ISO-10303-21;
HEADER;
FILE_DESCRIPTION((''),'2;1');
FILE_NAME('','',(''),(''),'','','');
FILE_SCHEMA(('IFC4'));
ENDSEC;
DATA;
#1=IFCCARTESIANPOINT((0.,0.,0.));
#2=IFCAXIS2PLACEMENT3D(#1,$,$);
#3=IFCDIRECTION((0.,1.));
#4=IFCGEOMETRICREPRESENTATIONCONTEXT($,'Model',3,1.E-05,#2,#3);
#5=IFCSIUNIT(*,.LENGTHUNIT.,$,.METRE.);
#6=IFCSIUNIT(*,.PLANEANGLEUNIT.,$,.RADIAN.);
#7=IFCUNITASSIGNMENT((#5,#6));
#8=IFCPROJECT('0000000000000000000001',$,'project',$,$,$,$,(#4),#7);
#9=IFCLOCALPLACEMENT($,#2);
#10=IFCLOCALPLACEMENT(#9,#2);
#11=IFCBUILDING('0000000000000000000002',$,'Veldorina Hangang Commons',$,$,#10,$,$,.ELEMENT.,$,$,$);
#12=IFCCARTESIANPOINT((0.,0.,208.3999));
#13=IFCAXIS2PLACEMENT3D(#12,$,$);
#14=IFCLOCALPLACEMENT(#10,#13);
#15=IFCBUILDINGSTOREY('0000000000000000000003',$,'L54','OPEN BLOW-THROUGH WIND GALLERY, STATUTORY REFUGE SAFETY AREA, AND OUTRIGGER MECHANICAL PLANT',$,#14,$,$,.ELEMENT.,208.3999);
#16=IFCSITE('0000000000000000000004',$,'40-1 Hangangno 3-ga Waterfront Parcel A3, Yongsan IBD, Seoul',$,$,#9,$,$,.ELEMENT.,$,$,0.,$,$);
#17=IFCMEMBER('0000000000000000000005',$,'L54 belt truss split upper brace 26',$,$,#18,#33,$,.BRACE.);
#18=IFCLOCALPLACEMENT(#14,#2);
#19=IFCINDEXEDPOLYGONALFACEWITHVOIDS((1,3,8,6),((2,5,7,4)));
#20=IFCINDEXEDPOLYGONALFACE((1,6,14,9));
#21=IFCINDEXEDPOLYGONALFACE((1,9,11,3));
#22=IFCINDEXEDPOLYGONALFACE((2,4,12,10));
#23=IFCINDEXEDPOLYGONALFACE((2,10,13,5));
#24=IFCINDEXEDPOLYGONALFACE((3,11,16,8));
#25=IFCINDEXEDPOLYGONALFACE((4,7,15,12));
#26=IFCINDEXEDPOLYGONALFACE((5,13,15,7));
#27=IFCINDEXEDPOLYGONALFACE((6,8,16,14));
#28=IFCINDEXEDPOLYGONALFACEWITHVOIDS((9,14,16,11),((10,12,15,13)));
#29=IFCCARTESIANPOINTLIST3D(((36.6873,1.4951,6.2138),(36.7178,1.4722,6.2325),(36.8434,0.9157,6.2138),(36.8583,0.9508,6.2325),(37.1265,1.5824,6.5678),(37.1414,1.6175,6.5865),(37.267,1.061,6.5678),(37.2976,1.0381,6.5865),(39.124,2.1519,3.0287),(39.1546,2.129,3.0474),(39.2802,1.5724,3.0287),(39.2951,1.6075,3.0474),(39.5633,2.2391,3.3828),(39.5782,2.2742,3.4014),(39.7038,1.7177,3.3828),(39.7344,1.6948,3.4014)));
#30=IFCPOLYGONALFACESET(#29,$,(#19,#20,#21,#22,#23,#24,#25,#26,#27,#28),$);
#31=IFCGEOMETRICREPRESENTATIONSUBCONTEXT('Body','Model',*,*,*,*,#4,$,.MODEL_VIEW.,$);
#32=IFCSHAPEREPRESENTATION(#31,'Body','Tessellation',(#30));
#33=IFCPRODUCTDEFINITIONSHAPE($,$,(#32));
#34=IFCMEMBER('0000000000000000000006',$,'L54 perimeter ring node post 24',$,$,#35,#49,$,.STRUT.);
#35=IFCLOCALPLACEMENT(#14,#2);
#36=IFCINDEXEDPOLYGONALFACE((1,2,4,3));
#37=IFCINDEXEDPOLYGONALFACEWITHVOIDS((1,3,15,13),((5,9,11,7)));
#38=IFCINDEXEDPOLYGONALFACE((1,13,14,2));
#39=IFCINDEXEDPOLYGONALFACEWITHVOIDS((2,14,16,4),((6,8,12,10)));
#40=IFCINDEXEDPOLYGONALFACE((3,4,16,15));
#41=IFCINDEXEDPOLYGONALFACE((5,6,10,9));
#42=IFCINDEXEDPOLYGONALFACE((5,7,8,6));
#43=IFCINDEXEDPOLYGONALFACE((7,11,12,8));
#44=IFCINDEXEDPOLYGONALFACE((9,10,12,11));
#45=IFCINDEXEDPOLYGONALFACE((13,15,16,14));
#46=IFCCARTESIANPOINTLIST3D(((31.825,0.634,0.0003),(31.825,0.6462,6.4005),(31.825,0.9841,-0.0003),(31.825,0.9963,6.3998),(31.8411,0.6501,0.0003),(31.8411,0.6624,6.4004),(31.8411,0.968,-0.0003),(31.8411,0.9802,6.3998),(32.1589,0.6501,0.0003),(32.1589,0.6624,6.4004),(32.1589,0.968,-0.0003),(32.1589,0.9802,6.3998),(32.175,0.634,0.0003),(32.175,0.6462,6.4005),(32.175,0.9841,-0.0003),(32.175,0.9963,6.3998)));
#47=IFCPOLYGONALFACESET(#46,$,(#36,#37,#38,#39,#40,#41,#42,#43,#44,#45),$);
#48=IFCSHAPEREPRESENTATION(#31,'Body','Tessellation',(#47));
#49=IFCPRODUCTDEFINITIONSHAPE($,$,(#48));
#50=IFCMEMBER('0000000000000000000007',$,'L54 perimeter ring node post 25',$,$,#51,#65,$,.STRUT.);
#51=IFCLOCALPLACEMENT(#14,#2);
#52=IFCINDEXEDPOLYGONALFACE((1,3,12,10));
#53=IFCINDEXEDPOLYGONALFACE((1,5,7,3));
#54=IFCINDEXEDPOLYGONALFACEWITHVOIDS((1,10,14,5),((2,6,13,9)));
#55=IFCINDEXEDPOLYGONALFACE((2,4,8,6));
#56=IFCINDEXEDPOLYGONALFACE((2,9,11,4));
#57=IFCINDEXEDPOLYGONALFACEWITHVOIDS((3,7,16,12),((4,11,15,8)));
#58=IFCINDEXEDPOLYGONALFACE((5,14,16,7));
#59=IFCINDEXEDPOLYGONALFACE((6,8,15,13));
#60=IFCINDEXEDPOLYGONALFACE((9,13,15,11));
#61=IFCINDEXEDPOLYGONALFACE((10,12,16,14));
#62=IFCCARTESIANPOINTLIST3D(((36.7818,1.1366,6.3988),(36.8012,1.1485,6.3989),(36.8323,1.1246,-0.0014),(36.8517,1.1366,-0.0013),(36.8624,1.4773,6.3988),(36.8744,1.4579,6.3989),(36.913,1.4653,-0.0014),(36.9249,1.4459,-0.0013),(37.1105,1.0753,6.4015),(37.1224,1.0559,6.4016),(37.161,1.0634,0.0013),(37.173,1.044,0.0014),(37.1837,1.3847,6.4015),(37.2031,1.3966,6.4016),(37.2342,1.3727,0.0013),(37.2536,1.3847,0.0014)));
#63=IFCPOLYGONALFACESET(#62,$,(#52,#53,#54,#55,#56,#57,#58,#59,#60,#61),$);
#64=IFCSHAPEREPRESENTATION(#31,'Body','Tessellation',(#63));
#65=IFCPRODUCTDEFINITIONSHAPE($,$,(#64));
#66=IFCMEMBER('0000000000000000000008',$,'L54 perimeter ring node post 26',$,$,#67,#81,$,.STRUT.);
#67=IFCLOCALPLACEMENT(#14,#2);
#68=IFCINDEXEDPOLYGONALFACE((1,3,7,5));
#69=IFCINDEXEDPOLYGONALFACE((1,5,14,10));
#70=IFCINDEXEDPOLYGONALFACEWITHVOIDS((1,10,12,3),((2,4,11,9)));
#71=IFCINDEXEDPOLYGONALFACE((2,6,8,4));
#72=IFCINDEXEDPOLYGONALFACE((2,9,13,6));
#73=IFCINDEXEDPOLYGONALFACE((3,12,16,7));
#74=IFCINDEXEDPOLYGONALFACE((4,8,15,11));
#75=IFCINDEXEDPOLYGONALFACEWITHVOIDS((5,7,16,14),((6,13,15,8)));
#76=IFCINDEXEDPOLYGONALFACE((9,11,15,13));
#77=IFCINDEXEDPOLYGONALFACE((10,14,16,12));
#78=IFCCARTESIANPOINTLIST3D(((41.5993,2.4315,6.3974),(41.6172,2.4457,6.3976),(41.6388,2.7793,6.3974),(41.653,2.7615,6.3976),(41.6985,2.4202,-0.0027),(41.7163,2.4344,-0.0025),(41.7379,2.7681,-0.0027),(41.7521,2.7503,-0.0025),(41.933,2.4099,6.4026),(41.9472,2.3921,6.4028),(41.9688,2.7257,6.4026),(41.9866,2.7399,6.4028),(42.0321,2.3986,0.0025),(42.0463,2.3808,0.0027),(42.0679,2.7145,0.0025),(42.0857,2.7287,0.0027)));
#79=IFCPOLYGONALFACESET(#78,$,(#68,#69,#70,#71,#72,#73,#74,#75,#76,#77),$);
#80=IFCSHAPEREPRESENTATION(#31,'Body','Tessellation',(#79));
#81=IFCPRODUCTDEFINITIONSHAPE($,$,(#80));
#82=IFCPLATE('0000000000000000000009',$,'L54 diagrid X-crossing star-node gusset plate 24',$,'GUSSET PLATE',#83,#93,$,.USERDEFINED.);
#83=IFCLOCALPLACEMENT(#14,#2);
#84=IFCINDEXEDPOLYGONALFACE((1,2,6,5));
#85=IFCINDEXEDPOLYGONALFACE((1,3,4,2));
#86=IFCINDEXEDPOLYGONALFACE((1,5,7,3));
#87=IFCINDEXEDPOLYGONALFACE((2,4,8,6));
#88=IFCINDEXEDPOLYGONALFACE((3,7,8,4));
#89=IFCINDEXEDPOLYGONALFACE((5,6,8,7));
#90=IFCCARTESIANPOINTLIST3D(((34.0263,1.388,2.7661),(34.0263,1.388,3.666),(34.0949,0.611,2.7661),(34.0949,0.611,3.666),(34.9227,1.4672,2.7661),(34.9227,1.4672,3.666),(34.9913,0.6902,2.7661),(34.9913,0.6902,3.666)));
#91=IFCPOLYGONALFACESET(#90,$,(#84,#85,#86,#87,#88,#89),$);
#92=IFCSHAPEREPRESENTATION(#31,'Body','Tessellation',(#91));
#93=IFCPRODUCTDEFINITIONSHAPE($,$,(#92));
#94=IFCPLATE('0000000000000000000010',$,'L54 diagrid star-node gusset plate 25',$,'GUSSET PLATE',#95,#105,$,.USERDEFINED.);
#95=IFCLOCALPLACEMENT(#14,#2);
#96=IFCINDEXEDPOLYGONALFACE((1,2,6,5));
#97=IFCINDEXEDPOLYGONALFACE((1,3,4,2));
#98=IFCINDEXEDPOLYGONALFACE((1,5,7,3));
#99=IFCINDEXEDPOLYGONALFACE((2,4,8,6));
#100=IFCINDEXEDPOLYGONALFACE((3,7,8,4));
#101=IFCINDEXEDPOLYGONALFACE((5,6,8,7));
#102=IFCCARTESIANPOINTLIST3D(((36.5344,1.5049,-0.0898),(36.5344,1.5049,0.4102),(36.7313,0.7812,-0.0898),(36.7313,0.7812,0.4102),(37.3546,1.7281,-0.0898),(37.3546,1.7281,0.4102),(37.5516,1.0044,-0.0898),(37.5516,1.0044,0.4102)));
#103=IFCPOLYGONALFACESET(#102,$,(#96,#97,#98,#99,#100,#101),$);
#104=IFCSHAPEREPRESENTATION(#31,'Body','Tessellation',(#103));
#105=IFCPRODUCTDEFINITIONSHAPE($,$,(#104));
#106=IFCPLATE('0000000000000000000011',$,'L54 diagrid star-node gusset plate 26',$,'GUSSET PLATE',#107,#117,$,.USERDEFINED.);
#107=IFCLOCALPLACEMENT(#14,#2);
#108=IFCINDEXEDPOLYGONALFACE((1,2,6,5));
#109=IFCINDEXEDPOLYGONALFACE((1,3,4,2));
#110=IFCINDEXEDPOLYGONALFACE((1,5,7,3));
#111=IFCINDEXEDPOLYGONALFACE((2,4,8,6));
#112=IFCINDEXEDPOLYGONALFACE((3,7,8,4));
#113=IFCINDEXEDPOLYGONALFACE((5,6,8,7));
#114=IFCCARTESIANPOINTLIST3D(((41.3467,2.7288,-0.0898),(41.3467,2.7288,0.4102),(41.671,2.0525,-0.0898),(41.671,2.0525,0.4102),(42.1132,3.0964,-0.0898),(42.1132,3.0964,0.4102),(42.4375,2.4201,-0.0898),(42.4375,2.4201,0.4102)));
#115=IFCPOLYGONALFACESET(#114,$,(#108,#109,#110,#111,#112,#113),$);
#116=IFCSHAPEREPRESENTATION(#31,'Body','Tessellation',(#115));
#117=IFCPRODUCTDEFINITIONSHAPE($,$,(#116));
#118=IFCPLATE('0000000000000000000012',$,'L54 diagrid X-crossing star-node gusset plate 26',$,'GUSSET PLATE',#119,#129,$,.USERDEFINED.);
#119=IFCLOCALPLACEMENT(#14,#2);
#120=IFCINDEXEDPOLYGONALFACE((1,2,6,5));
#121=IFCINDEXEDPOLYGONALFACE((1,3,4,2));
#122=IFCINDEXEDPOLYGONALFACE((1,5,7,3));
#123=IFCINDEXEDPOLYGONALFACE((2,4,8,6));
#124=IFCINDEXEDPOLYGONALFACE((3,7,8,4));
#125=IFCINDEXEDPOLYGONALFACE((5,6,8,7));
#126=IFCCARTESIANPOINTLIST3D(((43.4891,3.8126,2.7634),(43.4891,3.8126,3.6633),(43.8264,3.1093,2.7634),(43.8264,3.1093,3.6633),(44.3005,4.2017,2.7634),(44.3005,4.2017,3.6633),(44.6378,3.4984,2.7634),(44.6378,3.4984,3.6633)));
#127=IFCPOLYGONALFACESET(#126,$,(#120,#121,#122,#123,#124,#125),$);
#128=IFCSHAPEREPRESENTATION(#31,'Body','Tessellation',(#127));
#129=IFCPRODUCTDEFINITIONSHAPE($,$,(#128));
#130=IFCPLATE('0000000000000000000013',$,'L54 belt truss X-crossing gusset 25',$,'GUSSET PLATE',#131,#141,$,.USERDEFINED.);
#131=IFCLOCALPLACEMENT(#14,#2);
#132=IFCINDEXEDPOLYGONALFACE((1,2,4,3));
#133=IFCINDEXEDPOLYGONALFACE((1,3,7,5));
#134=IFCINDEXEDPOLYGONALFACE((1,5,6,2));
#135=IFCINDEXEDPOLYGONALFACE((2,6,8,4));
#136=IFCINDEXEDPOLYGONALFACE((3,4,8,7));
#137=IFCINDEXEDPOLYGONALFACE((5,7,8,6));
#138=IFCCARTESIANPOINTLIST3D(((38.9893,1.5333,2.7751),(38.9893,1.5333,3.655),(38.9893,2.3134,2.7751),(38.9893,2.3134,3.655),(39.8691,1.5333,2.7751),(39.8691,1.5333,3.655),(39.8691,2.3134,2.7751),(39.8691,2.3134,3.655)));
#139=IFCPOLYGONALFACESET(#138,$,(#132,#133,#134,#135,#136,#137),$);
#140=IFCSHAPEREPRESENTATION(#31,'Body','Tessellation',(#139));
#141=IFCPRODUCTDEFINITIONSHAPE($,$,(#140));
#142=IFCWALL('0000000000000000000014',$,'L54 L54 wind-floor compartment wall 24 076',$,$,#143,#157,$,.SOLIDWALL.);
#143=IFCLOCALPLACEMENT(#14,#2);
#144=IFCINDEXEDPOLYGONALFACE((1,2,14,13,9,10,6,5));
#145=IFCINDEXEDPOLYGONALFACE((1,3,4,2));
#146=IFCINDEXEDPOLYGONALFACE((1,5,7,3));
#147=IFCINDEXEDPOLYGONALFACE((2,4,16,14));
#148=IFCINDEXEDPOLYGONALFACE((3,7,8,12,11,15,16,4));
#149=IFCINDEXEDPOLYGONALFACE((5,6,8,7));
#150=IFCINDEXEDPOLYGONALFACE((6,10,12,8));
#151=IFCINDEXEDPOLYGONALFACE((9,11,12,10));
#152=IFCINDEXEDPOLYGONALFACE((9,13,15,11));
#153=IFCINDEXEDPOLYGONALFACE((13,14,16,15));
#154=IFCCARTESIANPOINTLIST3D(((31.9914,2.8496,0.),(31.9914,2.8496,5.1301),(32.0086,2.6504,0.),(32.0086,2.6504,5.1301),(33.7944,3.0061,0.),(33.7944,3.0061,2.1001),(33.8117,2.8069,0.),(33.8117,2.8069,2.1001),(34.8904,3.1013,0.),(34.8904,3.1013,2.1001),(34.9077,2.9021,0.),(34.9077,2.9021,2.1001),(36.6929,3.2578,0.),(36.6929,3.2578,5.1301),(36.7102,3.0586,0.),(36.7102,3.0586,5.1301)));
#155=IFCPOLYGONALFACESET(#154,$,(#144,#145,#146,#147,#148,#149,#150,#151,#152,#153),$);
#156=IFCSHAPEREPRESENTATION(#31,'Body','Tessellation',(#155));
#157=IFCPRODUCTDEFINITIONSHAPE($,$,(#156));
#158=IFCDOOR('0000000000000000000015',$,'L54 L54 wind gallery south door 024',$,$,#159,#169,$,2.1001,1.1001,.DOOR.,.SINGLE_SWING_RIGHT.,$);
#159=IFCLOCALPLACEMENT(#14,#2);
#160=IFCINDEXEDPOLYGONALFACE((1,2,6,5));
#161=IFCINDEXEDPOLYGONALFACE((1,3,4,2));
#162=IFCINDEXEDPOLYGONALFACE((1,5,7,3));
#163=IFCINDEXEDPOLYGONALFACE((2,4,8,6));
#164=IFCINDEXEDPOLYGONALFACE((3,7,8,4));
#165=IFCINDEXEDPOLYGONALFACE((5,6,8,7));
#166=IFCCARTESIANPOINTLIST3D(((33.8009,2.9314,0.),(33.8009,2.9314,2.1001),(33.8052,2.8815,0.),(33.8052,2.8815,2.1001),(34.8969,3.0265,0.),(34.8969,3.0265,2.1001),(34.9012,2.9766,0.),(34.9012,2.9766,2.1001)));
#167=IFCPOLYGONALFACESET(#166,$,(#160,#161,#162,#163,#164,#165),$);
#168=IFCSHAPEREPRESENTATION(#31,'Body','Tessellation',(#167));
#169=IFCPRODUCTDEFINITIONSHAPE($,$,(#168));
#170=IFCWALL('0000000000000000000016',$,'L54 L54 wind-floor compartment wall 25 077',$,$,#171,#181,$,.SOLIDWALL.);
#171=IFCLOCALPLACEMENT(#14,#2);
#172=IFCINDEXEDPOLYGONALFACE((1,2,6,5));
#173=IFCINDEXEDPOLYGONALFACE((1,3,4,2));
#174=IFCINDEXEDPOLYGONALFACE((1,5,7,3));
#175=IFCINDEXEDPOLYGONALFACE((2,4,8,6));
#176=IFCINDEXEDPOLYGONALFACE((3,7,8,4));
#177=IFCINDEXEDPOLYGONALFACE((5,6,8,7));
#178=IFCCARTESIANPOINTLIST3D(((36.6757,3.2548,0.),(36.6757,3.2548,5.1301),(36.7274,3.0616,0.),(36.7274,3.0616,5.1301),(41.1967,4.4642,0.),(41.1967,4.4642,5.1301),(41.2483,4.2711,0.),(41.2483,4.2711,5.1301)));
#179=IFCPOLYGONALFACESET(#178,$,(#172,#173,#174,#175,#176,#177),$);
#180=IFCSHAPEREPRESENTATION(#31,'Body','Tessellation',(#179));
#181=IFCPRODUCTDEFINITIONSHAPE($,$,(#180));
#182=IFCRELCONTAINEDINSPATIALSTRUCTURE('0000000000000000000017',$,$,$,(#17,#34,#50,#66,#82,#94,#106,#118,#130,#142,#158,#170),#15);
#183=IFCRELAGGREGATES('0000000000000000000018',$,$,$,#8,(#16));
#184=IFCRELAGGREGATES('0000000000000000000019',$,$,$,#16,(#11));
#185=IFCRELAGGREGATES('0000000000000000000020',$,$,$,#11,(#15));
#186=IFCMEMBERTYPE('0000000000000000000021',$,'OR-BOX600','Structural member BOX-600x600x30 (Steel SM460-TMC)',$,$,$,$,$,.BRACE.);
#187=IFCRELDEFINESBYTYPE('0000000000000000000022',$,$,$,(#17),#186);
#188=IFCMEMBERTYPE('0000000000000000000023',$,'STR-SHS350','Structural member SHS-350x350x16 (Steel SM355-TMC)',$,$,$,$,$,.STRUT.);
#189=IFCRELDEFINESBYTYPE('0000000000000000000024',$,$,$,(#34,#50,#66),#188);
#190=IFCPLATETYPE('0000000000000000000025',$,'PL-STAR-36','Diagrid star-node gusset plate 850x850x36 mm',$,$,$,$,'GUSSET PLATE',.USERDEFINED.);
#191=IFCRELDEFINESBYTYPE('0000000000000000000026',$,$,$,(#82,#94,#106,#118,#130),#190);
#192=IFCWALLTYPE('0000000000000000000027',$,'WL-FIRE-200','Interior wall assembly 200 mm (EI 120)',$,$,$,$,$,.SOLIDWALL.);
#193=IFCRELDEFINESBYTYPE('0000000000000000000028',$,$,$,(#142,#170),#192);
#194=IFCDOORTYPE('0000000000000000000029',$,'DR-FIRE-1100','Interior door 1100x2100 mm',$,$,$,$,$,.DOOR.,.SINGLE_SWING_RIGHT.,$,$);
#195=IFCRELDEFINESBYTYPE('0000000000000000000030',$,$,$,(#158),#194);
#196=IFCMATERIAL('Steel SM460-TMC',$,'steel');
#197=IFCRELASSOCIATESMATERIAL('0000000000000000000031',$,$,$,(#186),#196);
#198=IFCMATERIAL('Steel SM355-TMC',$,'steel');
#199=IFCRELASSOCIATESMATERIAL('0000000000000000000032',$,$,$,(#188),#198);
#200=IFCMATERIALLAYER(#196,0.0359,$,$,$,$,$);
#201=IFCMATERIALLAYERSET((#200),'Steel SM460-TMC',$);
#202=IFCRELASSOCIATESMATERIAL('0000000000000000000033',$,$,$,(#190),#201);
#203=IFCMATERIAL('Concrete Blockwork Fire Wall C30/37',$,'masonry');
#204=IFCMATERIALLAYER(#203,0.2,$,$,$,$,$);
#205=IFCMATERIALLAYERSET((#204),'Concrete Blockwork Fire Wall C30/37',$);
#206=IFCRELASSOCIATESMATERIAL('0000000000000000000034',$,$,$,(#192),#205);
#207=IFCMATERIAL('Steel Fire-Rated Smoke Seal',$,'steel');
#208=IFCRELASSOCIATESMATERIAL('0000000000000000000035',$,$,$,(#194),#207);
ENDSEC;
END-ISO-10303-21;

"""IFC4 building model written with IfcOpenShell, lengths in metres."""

from ifc_helpers import new_model, si_unit, direction, frame, frame_2d, origin, origin_2d, place, context, subcontext, project, spatial, rectangle, hollow_rectangle, extrude, material, layer, layer_set, material_profile, profile_set, type_object, element, fill, save


model = new_model("IFC4")

# Units and contexts
model_context = context("Model", 3, precision=1e-05, world=origin(), true_north=direction((0.0, 1.0)))
body_context = subcontext(model_context, "Body", "Model", "MODEL_VIEW")
ifc_project = project(units=[si_unit("LENGTHUNIT", "METRE"), si_unit("PLANEANGLEUNIT", "RADIAN")], contexts=[model_context])

# Site, building, storey
site_placement = place(None, origin())
site = spatial("IfcSite", under=ifc_project, at=site_placement, Name="40-1 Hangangno 3-ga Waterfront Parcel A3, Yongsan IBD, Seoul", CompositionType="ELEMENT", RefElevation=0.0)
building_placement = place(site_placement, origin())
building = spatial("IfcBuilding", under=site, at=building_placement, Name="Veldorina Hangang Commons", CompositionType="ELEMENT")
storey_placement = place(building_placement, frame((0.0, 0.0, 208.3999)))
storey = spatial("IfcBuildingStorey", under=building, at=storey_placement, Name="L54", Description="OPEN BLOW-THROUGH WIND GALLERY, STATUTORY REFUGE SAFETY AREA, AND OUTRIGGER MECHANICAL PLANT", CompositionType="ELEMENT", Elevation=208.3999)

# Shared definitions
ifc_material_1 = material(Name="Steel SM460-TMC", Category="steel")
ifc_material_2 = material(Name="Steel SM355-TMC", Category="steel")

# Members
ifc_material_profile_1 = material_profile(ifc_material_1, hollow_rectangle(XDim=0.6001, YDim=0.6001, WallThickness=0.03, at=origin_2d()), Name="BOX-600x600x30")
ifc_profile_set_1 = profile_set([ifc_material_profile_1], Name="Steel SM460-TMC")
member_type_1 = type_object("IfcMemberType", Name="OR-BOX600", Description="Structural member BOX-600x600x30 (Steel SM460-TMC)", PredefinedType="BRACE", material=ifc_profile_set_1)
member_1_placement = place(storey_placement, frame((39.4292, 1.9233, 3.2151), z_axis=(-0.599641, -0.161611, 0.783781), x_axis=(0.260227, -0.965548, 0.0)))
element("IfcMember", 1, at=member_1_placement, inside=storey, type_object=member_type_1, Name="L54 belt truss split upper brace 26", PredefinedType="BRACE", context=body_context, shape_type="SweptSolid", body=[
    extrude(hollow_rectangle(XDim=0.6001, YDim=0.6001, WallThickness=0.03, at=origin_2d()), origin(), (0.0, 0.0, 1.0), 4.0637),
])
ifc_material_profile_2 = material_profile(ifc_material_2, hollow_rectangle(XDim=0.3501, YDim=0.3501, WallThickness=0.0161, at=origin_2d()), Name="SHS-350x350x16")
ifc_profile_set_2 = profile_set([ifc_material_profile_2], Name="Steel SM355-TMC")
member_type_2 = type_object("IfcMemberType", Name="STR-SHS350", Description="Structural member SHS-350x350x16 (Steel SM355-TMC)", PredefinedType="STRUT", material=ifc_profile_set_2)
member_2_placement = place(storey_placement, frame((32.0, 0.8091, 0.0), z_axis=(0.0, 0.001907, 0.999998), x_axis=(-1.0, 0.0, 0.0)))
element("IfcMember", 2, at=member_2_placement, inside=storey, type_object=member_type_2, Name="L54 perimeter ring node post 24", PredefinedType="STRUT", context=body_context, shape_type="SweptSolid", body=[
    extrude(hollow_rectangle(XDim=0.3501, YDim=0.3501, WallThickness=0.0161, at=origin_2d()), origin(), (0.0, 0.0, 1.0), 6.4001),
])
member_3_placement = place(storey_placement, frame((37.043, 1.2546, 0.0), z_axis=(-0.007896, 0.001869, 0.999967), x_axis=(-0.230349, -0.973108, 0.0)))
element("IfcMember", 3, at=member_3_placement, inside=storey, type_object=member_type_2, Name="L54 perimeter ring node post 25", PredefinedType="STRUT", context=body_context, shape_type="SweptSolid", body=[
    extrude(hollow_rectangle(XDim=0.3501, YDim=0.3501, WallThickness=0.0161, at=origin_2d()), origin(), (0.0, 0.0, 1.0), 6.4004),
])
member_4_placement = place(storey_placement, frame((41.8921, 2.5745, 0.0), z_axis=(-0.015485, 0.001755, 0.999879), x_axis=(-0.11258, -0.993643, 0.0)))
element("IfcMember", 4, at=member_4_placement, inside=storey, type_object=member_type_2, Name="L54 perimeter ring node post 26", PredefinedType="STRUT", context=body_context, shape_type="SweptSolid", body=[
    extrude(hollow_rectangle(XDim=0.3501, YDim=0.3501, WallThickness=0.0161, at=origin_2d()), origin(), (0.0, 0.0, 1.0), 6.4009),
])

# Plates
ifc_layer_1 = layer(ifc_material_1, 0.0359)
ifc_layer_set_1 = layer_set([ifc_layer_1], Name="Steel SM460-TMC")
plate_type = type_object("IfcPlateType", Name="PL-STAR-36", Description="Diagrid star-node gusset plate 850x850x36 mm", ElementType="GUSSET PLATE", PredefinedType="USERDEFINED", material=ifc_layer_set_1)
plate_1_placement = place(storey_placement, frame((34.5088, 1.0391, 2.7661), z_axis=(0.0, 0.0, 1.0), x_axis=(0.996118, 0.088025, 0.0)))
element("IfcPlate", 5, at=plate_1_placement, inside=storey, type_object=plate_type, Name="L54 diagrid X-crossing star-node gusset plate 24", ObjectType="GUSSET PLATE", PredefinedType="USERDEFINED", context=body_context, shape_type="SweptSolid", body=[
    extrude(rectangle(XDim=0.8999, YDim=0.78, at=origin_2d()), origin(), (0.0, 0.0, 1.0), 0.8999),
])
for number, where, z_axis, x_axis, name in (
    (6, (37.043, 1.2546, -0.0898), (0.0, 0.0, 1.0), (0.964907, 0.262593, 0.0), "L54 diagrid star-node gusset plate 25"),
    (7, (41.8921, 2.5745, -0.0898), (0.0, 0.0, 1.0), (0.901682, 0.432401, 0.0), "L54 diagrid star-node gusset plate 26"),
):
    element("IfcPlate", number, at=place(storey_placement, frame(where, z_axis=z_axis, x_axis=x_axis)), inside=storey, type_object=plate_type, Name=name, ObjectType="GUSSET PLATE", PredefinedType="USERDEFINED", context=body_context, shape_type="SweptSolid", body=[
        extrude(rectangle(XDim=0.8501, YDim=0.75, at=origin_2d()), origin(), (0.0, 0.0, 1.0), 0.5),
    ])
plate_2_placement = place(storey_placement, frame((44.0635, 3.6555, 2.7634), z_axis=(0.0, 0.0, 1.0), x_axis=(0.901682, 0.432401, 0.0)))
element("IfcPlate", 8, at=plate_2_placement, inside=storey, type_object=plate_type, Name="L54 diagrid X-crossing star-node gusset plate 26", ObjectType="GUSSET PLATE", PredefinedType="USERDEFINED", context=body_context, shape_type="SweptSolid", body=[
    extrude(rectangle(XDim=0.8999, YDim=0.78, at=origin_2d()), origin(), (0.0, 0.0, 1.0), 0.8999),
])
plate_3_placement = place(storey_placement, frame((39.4292, 1.9233, 2.7751), z_axis=(0.0, 0.0, 1.0), x_axis=(1.0, 0.0, 0.0)))
element("IfcPlate", 9, at=plate_3_placement, inside=storey, type_object=plate_type, Name="L54 belt truss X-crossing gusset 25", ObjectType="GUSSET PLATE", PredefinedType="USERDEFINED", context=body_context, shape_type="SweptSolid", body=[
    extrude(rectangle(XDim=0.8799, YDim=0.78, at=origin_2d()), origin(), (0.0, 0.0, 1.0), 0.8799),
])

# Wall, opening, door
ifc_material_3 = material(Name="Concrete Blockwork Fire Wall C30/37", Category="masonry")
ifc_layer_2 = layer(ifc_material_3, 0.2)
ifc_layer_set_2 = layer_set([ifc_layer_2], Name="Concrete Blockwork Fire Wall C30/37")
wall_type = type_object("IfcWallType", Name="WL-FIRE-200", Description="Interior wall assembly 200 mm (EI 120)", PredefinedType="SOLIDWALL", material=ifc_layer_set_2)
wall_1_placement = place(storey_placement, frame((32.0, 2.75, 0.0), z_axis=(0.0, 0.0, 1.0), x_axis=(0.996252, 0.086496, 0.0)))
wall_1 = element("IfcWall", 10, at=wall_1_placement, inside=storey, type_object=wall_type, Name="L54 L54 wind-floor compartment wall 24 076", PredefinedType="SOLIDWALL", context=body_context, shape_type="SweptSolid", body=[
    extrude(rectangle(XDim=4.7192, YDim=0.2, at=frame_2d((2.3596, 0.0))), origin(), (0.0, 0.0, 1.0), 5.1301),
])
opening_placement = place(wall_1_placement, frame((1.8098, 0.0, 0.0)))
opening = element("IfcOpeningElement", 11, at=opening_placement, cuts=wall_1, PredefinedType="OPENING", context=body_context, shape_type="SweptSolid", body=[
    extrude(rectangle(XDim=1.1001, YDim=2.1001, at=frame_2d((0.55, 1.05))), frame((0.0, 0.1099, 0.0), z_axis=(0.0, -1.0, 0.0), x_axis=(1.0, 0.0, 0.0)), (0.0, 0.0, 1.0), 0.22),
])
ifc_material_4 = material(Name="Steel Fire-Rated Smoke Seal", Category="steel")
door_type = type_object("IfcDoorType", Name="DR-FIRE-1100", Description="Interior door 1100x2100 mm", OperationType="SINGLE_SWING_RIGHT", PredefinedType="DOOR", material=ifc_material_4)
door_placement = place(opening_placement, origin())
door = element("IfcDoor", 12, at=door_placement, inside=storey, type_object=door_type, Name="L54 L54 wind gallery south door 024", OperationType="SINGLE_SWING_RIGHT", OverallHeight=2.1001, OverallWidth=1.1001, PredefinedType="DOOR", context=body_context, shape_type="SweptSolid", body=[
    extrude(rectangle(XDim=1.1001, YDim=2.1001, at=frame_2d((0.55, 1.05))), frame((0.0, 0.0249, 0.0), z_axis=(0.0, -1.0, 0.0), x_axis=(1.0, 0.0, 0.0)), (0.0, 0.0, 1.0), 0.05),
])
fill(opening, door)

# Wall
wall_2_placement = place(storey_placement, frame((36.7017, 3.1582, 0.0), z_axis=(0.0, 0.0, 1.0), x_axis=(0.966029, 0.258435, 0.0)))
element("IfcWall", 13, at=wall_2_placement, inside=storey, type_object=wall_type, Name="L54 L54 wind-floor compartment wall 25 077", PredefinedType="SOLIDWALL", context=body_context, shape_type="SweptSolid", body=[
    extrude(rectangle(XDim=4.6799, YDim=0.2, at=frame_2d((2.3398, 0.0))), origin(), (0.0, 0.0, 1.0), 5.1301),
])

save(model, "model.ifc")
